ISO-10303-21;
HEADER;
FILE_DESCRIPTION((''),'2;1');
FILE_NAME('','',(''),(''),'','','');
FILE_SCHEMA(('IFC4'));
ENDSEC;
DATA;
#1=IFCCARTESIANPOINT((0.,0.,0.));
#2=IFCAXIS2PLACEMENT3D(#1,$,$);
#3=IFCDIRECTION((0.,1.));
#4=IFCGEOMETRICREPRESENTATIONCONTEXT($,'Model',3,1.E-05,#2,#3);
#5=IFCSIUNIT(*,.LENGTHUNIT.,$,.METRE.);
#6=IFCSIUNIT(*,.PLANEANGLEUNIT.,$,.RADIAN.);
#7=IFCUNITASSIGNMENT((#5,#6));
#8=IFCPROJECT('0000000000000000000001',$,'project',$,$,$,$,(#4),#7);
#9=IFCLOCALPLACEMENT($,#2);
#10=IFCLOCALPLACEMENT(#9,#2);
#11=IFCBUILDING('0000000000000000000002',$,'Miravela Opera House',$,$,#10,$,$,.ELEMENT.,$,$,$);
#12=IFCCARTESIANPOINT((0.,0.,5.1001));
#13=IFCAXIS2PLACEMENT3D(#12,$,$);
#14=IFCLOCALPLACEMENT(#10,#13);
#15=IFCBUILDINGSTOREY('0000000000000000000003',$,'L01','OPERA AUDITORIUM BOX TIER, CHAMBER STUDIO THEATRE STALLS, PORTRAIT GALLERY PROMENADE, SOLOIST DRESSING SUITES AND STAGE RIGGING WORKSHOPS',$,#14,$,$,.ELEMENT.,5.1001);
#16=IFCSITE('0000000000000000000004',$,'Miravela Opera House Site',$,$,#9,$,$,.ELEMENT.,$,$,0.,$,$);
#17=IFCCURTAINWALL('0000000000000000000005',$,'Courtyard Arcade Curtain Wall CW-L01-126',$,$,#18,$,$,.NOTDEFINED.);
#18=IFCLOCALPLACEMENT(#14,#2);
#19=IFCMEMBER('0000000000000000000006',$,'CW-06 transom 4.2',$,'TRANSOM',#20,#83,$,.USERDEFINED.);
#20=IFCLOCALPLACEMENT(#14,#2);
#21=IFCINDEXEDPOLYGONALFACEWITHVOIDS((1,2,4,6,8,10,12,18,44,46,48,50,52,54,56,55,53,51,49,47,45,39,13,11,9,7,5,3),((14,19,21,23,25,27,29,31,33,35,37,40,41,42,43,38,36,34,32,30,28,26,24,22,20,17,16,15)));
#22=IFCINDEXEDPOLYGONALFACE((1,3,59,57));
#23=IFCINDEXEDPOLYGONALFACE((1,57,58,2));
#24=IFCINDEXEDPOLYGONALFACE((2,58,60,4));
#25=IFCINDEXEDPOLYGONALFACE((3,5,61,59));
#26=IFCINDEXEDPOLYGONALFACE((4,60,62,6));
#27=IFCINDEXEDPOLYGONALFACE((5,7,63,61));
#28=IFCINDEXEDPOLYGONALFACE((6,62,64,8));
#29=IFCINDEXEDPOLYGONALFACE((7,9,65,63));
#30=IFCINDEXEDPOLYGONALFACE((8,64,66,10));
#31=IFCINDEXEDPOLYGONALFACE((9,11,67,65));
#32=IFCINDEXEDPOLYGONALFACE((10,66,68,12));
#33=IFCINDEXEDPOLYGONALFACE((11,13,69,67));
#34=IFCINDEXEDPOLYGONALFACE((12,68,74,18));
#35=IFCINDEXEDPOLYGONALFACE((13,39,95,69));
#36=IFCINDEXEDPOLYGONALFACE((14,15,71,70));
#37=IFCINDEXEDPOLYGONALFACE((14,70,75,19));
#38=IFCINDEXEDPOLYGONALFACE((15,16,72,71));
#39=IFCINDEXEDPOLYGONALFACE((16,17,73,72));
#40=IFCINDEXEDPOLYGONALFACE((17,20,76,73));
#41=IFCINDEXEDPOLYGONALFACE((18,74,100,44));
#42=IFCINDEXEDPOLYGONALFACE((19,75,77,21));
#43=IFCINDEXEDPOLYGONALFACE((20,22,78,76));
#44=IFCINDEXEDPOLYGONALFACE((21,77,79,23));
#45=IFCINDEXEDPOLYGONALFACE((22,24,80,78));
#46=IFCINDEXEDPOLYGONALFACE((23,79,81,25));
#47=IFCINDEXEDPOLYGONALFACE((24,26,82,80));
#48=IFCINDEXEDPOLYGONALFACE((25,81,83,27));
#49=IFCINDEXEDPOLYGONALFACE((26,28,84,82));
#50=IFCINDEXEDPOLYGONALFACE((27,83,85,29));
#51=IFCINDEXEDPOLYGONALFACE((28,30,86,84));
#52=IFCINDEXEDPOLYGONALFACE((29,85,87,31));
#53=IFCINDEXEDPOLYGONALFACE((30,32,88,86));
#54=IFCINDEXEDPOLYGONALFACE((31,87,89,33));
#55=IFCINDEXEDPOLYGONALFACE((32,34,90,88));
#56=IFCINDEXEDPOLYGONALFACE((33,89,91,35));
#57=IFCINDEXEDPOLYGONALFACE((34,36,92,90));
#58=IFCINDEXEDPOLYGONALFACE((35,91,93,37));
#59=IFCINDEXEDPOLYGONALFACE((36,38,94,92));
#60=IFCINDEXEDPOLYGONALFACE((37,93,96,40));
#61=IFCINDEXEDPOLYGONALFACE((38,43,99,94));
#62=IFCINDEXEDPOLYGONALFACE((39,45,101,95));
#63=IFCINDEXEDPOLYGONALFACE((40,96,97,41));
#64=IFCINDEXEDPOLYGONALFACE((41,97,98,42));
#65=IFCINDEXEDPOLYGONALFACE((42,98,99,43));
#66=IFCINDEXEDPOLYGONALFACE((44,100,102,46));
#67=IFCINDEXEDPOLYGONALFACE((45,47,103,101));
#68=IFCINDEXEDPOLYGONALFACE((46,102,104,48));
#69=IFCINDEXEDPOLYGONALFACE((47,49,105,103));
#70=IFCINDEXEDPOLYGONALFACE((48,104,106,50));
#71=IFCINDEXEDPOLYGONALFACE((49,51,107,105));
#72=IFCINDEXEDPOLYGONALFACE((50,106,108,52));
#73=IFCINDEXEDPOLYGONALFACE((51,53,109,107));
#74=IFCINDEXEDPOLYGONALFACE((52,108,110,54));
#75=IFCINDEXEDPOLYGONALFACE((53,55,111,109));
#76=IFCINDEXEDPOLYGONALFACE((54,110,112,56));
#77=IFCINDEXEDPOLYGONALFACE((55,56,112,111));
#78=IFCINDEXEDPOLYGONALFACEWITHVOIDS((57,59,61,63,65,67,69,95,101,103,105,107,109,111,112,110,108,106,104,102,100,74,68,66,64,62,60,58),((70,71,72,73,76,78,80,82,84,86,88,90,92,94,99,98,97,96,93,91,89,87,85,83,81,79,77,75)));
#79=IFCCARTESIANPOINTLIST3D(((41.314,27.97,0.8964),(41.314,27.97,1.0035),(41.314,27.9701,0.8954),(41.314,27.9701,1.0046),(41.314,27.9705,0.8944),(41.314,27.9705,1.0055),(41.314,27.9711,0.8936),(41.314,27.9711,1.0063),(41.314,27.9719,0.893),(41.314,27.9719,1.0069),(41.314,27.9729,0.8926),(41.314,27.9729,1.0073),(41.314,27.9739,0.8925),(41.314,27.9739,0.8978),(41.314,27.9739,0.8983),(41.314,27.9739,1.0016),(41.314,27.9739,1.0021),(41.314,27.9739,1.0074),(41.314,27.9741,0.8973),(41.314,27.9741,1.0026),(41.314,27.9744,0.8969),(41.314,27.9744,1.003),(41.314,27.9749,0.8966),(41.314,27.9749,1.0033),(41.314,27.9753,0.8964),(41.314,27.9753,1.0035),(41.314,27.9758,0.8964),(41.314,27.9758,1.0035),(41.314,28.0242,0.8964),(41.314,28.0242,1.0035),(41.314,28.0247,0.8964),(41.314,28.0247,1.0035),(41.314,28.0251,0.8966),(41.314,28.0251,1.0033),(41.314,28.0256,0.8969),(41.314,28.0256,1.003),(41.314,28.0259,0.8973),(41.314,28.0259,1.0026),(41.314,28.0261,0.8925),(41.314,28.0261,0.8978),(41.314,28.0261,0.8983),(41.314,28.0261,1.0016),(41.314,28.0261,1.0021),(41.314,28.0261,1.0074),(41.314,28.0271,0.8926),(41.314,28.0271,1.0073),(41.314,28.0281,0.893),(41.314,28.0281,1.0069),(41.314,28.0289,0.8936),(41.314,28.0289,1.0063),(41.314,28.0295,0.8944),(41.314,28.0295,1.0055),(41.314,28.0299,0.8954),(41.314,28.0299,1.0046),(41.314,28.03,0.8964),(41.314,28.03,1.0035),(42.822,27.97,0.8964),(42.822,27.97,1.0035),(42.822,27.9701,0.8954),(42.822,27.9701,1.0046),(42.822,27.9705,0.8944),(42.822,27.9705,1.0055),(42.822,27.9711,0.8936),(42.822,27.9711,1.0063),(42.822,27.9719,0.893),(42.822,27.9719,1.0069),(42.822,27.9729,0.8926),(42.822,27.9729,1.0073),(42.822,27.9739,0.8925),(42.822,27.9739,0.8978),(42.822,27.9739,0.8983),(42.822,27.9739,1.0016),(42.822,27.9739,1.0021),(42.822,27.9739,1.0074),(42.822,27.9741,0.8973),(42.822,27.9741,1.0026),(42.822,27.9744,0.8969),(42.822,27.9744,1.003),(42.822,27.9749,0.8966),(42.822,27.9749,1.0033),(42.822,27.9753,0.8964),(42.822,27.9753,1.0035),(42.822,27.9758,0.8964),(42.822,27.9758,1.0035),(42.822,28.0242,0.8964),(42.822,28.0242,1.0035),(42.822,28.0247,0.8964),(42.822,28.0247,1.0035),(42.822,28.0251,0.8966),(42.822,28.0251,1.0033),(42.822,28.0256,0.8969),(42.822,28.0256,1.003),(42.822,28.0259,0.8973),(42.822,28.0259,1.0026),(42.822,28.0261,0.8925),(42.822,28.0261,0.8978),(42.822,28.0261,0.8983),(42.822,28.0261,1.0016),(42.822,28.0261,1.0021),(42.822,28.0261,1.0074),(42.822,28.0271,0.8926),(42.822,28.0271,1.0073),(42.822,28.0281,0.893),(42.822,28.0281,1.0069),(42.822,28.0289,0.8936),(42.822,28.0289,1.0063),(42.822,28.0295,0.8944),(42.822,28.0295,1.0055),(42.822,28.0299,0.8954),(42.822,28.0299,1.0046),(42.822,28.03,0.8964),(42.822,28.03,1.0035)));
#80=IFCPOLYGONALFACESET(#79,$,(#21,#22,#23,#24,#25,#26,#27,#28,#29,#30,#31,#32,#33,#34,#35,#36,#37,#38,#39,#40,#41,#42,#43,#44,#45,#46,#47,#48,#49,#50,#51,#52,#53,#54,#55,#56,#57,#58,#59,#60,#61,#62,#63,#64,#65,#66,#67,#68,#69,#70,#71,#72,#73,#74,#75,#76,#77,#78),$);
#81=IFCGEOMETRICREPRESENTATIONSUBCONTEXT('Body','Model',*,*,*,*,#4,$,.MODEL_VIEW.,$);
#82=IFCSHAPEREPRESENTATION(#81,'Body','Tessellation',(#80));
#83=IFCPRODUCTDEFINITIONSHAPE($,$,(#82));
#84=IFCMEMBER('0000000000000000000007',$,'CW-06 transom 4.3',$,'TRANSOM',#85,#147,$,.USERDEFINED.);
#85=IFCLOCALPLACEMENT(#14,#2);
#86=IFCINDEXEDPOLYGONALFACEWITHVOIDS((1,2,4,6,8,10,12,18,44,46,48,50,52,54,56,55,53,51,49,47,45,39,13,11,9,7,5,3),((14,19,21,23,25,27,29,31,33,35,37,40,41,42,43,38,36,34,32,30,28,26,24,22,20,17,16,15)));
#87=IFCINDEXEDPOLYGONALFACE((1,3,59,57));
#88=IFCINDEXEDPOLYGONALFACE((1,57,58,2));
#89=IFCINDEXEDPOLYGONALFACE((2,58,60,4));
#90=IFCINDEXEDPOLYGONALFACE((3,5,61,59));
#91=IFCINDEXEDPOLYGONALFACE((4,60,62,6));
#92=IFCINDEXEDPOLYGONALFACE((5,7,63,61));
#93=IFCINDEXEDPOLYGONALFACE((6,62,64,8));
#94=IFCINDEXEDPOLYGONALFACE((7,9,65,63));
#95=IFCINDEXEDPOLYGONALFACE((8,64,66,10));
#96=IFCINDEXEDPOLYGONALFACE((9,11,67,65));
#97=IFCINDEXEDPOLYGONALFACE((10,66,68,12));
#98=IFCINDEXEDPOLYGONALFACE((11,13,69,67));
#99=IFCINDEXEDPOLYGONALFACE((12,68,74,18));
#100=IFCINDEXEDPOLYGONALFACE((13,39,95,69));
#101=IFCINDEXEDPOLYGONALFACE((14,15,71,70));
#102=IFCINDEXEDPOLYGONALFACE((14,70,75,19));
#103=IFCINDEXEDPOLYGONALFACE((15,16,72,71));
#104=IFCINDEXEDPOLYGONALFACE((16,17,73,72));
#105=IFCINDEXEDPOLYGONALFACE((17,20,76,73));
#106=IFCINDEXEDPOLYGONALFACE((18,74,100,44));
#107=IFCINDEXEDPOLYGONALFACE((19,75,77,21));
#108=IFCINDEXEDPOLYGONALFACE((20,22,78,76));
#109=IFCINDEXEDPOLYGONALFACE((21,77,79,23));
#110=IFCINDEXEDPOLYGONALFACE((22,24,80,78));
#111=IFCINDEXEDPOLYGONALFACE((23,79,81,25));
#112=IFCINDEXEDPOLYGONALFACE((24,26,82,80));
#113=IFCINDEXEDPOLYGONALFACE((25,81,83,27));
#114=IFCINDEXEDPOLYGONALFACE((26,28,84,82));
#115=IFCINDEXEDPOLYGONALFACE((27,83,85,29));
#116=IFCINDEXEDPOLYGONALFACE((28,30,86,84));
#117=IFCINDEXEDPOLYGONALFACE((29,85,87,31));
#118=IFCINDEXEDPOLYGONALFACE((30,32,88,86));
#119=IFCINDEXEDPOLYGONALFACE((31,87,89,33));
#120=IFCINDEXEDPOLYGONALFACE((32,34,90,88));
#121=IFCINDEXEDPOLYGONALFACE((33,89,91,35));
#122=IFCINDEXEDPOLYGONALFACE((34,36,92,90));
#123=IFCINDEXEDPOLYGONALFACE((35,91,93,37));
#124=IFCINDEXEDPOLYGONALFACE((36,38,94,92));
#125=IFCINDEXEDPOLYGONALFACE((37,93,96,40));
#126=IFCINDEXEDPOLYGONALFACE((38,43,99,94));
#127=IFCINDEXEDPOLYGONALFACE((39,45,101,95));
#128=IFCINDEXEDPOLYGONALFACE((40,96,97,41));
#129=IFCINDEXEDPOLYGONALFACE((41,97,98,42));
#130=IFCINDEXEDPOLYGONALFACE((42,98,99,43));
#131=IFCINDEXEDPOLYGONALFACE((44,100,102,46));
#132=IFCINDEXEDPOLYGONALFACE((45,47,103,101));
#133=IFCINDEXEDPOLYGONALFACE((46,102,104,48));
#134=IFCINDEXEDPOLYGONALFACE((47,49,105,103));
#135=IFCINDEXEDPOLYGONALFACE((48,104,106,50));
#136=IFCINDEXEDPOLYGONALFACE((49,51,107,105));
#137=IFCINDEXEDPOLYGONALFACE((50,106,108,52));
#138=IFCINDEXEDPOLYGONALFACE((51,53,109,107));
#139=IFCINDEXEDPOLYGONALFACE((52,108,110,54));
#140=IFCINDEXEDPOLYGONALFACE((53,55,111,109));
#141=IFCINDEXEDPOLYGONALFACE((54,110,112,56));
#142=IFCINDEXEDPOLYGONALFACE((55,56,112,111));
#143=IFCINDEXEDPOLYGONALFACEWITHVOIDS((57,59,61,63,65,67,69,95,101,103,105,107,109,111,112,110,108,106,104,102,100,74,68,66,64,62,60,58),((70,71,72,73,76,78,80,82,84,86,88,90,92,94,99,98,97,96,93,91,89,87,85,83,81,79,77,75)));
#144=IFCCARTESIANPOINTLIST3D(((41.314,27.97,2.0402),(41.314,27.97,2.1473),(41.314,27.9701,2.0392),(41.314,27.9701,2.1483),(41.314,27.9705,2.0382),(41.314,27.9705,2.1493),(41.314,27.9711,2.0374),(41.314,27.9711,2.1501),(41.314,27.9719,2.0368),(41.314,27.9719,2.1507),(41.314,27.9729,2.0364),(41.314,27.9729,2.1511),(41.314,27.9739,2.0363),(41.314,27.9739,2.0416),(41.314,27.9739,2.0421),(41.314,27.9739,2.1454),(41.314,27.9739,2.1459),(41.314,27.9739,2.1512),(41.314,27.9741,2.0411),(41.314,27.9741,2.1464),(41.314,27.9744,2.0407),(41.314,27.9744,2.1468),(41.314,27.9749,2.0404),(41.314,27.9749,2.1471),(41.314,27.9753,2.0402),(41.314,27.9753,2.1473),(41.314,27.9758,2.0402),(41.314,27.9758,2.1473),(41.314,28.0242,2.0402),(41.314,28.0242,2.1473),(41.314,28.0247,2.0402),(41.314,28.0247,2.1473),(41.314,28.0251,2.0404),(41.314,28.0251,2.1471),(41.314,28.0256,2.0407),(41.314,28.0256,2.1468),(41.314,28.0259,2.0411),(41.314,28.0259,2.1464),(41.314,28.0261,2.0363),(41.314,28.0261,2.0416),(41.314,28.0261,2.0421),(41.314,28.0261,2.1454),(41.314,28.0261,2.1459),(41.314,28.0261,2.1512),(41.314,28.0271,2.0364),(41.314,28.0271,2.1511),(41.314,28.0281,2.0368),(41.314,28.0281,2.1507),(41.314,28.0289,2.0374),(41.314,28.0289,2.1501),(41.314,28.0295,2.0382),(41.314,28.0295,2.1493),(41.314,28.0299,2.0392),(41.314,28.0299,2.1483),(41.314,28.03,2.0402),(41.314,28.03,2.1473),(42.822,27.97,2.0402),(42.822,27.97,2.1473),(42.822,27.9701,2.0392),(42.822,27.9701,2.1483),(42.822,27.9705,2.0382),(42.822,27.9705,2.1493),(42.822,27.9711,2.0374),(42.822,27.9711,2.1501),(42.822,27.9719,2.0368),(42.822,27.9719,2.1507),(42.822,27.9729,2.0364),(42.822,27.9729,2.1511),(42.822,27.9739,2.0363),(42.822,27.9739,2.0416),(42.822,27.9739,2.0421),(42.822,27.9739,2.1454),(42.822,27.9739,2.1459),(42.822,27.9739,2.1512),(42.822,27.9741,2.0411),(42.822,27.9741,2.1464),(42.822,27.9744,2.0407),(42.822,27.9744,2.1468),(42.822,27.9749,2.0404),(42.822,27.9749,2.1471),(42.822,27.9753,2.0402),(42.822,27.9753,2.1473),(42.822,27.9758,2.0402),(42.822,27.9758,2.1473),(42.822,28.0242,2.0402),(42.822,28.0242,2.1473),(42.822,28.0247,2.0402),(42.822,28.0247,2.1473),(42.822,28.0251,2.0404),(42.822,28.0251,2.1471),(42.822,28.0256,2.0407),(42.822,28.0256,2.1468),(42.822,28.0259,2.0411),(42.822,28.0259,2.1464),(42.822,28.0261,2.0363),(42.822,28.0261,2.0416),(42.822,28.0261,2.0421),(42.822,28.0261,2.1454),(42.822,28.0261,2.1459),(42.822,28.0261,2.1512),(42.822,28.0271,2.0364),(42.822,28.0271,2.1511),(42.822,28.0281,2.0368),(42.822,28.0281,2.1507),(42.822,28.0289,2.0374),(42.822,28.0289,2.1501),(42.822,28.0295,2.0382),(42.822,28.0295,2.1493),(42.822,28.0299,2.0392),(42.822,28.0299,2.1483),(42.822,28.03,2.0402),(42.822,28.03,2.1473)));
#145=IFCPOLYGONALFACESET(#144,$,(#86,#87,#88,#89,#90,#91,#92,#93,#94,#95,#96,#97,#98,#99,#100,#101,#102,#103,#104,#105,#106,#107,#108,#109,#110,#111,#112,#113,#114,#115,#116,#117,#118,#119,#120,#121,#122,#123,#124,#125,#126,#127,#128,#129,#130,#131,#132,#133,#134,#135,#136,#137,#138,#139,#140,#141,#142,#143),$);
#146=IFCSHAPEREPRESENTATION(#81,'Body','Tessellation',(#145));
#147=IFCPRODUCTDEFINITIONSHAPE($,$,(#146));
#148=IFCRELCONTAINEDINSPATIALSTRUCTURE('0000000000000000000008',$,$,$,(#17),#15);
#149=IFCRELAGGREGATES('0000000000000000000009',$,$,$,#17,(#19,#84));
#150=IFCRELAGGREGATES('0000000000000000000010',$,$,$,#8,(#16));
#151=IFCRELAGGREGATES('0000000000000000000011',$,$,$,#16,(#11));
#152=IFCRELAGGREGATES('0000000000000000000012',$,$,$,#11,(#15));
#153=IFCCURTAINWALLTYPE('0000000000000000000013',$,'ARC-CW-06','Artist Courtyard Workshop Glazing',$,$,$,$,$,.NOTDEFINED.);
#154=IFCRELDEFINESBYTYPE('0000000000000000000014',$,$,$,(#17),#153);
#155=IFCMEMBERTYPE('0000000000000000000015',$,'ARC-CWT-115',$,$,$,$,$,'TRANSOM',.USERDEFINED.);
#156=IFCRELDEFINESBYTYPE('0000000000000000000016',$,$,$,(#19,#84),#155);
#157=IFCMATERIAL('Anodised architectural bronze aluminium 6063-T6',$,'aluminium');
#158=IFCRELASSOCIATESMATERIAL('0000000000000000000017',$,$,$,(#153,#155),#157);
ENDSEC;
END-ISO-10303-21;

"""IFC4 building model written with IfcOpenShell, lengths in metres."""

from ifc_helpers import new_model, si_unit, direction, frame, origin, origin_2d, place, context, subcontext, project, spatial, hollow_rectangle, extrude, material, material_profile, profile_set, type_object, element, aggregate, save


model = new_model("IFC4")

# Units and contexts
model_context = context("Model", 3, precision=1e-05, world=origin(), true_north=direction((0.0, 1.0)))
body_context = subcontext(model_context, "Body", "Model", "MODEL_VIEW")
ifc_project = project(units=[si_unit("LENGTHUNIT", "METRE"), si_unit("PLANEANGLEUNIT", "RADIAN")], contexts=[model_context])

# Site, building, storey
site_placement = place(None, origin())
site = spatial("IfcSite", under=ifc_project, at=site_placement, Name="Miravela Opera House Site", CompositionType="ELEMENT", RefElevation=0.0)
building_placement = place(site_placement, origin())
building = spatial("IfcBuilding", under=site, at=building_placement, Name="Miravela Opera House", CompositionType="ELEMENT")
storey_placement = place(building_placement, frame((0.0, 0.0, 5.1001)))
storey = spatial("IfcBuildingStorey", under=building, at=storey_placement, Name="L01", Description="OPERA AUDITORIUM BOX TIER, CHAMBER STUDIO THEATRE STALLS, PORTRAIT GALLERY PROMENADE, SOLOIST DRESSING SUITES AND STAGE RIGGING WORKSHOPS", CompositionType="ELEMENT", Elevation=5.1001)

# Curtain wall, members
ifc_material_1 = material(Name="Anodised architectural bronze aluminium 6063-T6", Category="aluminium")
curtain_wall_type = type_object("IfcCurtainWallType", Name="ARC-CW-06", Description="Artist Courtyard Workshop Glazing", PredefinedType="NOTDEFINED", material=ifc_material_1)
curtain_wall_placement = place(storey_placement, origin())
curtain_wall = element("IfcCurtainWall", 1, at=curtain_wall_placement, inside=storey, type_object=curtain_wall_type, Name="Courtyard Arcade Curtain Wall CW-L01-126", PredefinedType="NOTDEFINED")
ifc_material_profile_1 = material_profile(ifc_material_1, hollow_rectangle(XDim=0.0601, YDim=0.115, WallThickness=0.0039, InnerFilletRadius=0.002, OuterFilletRadius=0.0039, at=origin_2d()), Name="CWT-60X115")
ifc_profile_set_1 = profile_set([ifc_material_profile_1])
member_type_1 = type_object("IfcMemberType", Name="ARC-CWT-115", ElementType="TRANSOM", PredefinedType="USERDEFINED", material=ifc_profile_set_1)
member_1_placement = place(storey_placement, frame((41.314, 28.0, 0.95), z_axis=(1.0, 0.0, 0.0), x_axis=(0.0, 1.0, 0.0)))
member_1 = element("IfcMember", 2, at=member_1_placement, type_object=member_type_1, Name="CW-06 transom 4.2", ObjectType="TRANSOM", PredefinedType="USERDEFINED", context=body_context, shape_type="SweptSolid", body=[
    extrude(hollow_rectangle(XDim=0.0601, YDim=0.115, WallThickness=0.0039, InnerFilletRadius=0.002, OuterFilletRadius=0.0039, at=origin_2d()), origin(), (0.0, 0.0, 1.0), 1.5081),
])
member_2_placement = place(storey_placement, frame((41.314, 28.0, 2.0938), z_axis=(1.0, 0.0, 0.0), x_axis=(0.0, 1.0, 0.0)))
member_2 = element("IfcMember", 3, at=member_2_placement, type_object=member_type_1, Name="CW-06 transom 4.3", ObjectType="TRANSOM", PredefinedType="USERDEFINED", context=body_context, shape_type="SweptSolid", body=[
    extrude(hollow_rectangle(XDim=0.0601, YDim=0.115, WallThickness=0.0039, InnerFilletRadius=0.002, OuterFilletRadius=0.0039, at=origin_2d()), origin(), (0.0, 0.0, 1.0), 1.5081),
])

aggregate(curtain_wall, [member_1, member_2])

save(model, "model.ifc")
